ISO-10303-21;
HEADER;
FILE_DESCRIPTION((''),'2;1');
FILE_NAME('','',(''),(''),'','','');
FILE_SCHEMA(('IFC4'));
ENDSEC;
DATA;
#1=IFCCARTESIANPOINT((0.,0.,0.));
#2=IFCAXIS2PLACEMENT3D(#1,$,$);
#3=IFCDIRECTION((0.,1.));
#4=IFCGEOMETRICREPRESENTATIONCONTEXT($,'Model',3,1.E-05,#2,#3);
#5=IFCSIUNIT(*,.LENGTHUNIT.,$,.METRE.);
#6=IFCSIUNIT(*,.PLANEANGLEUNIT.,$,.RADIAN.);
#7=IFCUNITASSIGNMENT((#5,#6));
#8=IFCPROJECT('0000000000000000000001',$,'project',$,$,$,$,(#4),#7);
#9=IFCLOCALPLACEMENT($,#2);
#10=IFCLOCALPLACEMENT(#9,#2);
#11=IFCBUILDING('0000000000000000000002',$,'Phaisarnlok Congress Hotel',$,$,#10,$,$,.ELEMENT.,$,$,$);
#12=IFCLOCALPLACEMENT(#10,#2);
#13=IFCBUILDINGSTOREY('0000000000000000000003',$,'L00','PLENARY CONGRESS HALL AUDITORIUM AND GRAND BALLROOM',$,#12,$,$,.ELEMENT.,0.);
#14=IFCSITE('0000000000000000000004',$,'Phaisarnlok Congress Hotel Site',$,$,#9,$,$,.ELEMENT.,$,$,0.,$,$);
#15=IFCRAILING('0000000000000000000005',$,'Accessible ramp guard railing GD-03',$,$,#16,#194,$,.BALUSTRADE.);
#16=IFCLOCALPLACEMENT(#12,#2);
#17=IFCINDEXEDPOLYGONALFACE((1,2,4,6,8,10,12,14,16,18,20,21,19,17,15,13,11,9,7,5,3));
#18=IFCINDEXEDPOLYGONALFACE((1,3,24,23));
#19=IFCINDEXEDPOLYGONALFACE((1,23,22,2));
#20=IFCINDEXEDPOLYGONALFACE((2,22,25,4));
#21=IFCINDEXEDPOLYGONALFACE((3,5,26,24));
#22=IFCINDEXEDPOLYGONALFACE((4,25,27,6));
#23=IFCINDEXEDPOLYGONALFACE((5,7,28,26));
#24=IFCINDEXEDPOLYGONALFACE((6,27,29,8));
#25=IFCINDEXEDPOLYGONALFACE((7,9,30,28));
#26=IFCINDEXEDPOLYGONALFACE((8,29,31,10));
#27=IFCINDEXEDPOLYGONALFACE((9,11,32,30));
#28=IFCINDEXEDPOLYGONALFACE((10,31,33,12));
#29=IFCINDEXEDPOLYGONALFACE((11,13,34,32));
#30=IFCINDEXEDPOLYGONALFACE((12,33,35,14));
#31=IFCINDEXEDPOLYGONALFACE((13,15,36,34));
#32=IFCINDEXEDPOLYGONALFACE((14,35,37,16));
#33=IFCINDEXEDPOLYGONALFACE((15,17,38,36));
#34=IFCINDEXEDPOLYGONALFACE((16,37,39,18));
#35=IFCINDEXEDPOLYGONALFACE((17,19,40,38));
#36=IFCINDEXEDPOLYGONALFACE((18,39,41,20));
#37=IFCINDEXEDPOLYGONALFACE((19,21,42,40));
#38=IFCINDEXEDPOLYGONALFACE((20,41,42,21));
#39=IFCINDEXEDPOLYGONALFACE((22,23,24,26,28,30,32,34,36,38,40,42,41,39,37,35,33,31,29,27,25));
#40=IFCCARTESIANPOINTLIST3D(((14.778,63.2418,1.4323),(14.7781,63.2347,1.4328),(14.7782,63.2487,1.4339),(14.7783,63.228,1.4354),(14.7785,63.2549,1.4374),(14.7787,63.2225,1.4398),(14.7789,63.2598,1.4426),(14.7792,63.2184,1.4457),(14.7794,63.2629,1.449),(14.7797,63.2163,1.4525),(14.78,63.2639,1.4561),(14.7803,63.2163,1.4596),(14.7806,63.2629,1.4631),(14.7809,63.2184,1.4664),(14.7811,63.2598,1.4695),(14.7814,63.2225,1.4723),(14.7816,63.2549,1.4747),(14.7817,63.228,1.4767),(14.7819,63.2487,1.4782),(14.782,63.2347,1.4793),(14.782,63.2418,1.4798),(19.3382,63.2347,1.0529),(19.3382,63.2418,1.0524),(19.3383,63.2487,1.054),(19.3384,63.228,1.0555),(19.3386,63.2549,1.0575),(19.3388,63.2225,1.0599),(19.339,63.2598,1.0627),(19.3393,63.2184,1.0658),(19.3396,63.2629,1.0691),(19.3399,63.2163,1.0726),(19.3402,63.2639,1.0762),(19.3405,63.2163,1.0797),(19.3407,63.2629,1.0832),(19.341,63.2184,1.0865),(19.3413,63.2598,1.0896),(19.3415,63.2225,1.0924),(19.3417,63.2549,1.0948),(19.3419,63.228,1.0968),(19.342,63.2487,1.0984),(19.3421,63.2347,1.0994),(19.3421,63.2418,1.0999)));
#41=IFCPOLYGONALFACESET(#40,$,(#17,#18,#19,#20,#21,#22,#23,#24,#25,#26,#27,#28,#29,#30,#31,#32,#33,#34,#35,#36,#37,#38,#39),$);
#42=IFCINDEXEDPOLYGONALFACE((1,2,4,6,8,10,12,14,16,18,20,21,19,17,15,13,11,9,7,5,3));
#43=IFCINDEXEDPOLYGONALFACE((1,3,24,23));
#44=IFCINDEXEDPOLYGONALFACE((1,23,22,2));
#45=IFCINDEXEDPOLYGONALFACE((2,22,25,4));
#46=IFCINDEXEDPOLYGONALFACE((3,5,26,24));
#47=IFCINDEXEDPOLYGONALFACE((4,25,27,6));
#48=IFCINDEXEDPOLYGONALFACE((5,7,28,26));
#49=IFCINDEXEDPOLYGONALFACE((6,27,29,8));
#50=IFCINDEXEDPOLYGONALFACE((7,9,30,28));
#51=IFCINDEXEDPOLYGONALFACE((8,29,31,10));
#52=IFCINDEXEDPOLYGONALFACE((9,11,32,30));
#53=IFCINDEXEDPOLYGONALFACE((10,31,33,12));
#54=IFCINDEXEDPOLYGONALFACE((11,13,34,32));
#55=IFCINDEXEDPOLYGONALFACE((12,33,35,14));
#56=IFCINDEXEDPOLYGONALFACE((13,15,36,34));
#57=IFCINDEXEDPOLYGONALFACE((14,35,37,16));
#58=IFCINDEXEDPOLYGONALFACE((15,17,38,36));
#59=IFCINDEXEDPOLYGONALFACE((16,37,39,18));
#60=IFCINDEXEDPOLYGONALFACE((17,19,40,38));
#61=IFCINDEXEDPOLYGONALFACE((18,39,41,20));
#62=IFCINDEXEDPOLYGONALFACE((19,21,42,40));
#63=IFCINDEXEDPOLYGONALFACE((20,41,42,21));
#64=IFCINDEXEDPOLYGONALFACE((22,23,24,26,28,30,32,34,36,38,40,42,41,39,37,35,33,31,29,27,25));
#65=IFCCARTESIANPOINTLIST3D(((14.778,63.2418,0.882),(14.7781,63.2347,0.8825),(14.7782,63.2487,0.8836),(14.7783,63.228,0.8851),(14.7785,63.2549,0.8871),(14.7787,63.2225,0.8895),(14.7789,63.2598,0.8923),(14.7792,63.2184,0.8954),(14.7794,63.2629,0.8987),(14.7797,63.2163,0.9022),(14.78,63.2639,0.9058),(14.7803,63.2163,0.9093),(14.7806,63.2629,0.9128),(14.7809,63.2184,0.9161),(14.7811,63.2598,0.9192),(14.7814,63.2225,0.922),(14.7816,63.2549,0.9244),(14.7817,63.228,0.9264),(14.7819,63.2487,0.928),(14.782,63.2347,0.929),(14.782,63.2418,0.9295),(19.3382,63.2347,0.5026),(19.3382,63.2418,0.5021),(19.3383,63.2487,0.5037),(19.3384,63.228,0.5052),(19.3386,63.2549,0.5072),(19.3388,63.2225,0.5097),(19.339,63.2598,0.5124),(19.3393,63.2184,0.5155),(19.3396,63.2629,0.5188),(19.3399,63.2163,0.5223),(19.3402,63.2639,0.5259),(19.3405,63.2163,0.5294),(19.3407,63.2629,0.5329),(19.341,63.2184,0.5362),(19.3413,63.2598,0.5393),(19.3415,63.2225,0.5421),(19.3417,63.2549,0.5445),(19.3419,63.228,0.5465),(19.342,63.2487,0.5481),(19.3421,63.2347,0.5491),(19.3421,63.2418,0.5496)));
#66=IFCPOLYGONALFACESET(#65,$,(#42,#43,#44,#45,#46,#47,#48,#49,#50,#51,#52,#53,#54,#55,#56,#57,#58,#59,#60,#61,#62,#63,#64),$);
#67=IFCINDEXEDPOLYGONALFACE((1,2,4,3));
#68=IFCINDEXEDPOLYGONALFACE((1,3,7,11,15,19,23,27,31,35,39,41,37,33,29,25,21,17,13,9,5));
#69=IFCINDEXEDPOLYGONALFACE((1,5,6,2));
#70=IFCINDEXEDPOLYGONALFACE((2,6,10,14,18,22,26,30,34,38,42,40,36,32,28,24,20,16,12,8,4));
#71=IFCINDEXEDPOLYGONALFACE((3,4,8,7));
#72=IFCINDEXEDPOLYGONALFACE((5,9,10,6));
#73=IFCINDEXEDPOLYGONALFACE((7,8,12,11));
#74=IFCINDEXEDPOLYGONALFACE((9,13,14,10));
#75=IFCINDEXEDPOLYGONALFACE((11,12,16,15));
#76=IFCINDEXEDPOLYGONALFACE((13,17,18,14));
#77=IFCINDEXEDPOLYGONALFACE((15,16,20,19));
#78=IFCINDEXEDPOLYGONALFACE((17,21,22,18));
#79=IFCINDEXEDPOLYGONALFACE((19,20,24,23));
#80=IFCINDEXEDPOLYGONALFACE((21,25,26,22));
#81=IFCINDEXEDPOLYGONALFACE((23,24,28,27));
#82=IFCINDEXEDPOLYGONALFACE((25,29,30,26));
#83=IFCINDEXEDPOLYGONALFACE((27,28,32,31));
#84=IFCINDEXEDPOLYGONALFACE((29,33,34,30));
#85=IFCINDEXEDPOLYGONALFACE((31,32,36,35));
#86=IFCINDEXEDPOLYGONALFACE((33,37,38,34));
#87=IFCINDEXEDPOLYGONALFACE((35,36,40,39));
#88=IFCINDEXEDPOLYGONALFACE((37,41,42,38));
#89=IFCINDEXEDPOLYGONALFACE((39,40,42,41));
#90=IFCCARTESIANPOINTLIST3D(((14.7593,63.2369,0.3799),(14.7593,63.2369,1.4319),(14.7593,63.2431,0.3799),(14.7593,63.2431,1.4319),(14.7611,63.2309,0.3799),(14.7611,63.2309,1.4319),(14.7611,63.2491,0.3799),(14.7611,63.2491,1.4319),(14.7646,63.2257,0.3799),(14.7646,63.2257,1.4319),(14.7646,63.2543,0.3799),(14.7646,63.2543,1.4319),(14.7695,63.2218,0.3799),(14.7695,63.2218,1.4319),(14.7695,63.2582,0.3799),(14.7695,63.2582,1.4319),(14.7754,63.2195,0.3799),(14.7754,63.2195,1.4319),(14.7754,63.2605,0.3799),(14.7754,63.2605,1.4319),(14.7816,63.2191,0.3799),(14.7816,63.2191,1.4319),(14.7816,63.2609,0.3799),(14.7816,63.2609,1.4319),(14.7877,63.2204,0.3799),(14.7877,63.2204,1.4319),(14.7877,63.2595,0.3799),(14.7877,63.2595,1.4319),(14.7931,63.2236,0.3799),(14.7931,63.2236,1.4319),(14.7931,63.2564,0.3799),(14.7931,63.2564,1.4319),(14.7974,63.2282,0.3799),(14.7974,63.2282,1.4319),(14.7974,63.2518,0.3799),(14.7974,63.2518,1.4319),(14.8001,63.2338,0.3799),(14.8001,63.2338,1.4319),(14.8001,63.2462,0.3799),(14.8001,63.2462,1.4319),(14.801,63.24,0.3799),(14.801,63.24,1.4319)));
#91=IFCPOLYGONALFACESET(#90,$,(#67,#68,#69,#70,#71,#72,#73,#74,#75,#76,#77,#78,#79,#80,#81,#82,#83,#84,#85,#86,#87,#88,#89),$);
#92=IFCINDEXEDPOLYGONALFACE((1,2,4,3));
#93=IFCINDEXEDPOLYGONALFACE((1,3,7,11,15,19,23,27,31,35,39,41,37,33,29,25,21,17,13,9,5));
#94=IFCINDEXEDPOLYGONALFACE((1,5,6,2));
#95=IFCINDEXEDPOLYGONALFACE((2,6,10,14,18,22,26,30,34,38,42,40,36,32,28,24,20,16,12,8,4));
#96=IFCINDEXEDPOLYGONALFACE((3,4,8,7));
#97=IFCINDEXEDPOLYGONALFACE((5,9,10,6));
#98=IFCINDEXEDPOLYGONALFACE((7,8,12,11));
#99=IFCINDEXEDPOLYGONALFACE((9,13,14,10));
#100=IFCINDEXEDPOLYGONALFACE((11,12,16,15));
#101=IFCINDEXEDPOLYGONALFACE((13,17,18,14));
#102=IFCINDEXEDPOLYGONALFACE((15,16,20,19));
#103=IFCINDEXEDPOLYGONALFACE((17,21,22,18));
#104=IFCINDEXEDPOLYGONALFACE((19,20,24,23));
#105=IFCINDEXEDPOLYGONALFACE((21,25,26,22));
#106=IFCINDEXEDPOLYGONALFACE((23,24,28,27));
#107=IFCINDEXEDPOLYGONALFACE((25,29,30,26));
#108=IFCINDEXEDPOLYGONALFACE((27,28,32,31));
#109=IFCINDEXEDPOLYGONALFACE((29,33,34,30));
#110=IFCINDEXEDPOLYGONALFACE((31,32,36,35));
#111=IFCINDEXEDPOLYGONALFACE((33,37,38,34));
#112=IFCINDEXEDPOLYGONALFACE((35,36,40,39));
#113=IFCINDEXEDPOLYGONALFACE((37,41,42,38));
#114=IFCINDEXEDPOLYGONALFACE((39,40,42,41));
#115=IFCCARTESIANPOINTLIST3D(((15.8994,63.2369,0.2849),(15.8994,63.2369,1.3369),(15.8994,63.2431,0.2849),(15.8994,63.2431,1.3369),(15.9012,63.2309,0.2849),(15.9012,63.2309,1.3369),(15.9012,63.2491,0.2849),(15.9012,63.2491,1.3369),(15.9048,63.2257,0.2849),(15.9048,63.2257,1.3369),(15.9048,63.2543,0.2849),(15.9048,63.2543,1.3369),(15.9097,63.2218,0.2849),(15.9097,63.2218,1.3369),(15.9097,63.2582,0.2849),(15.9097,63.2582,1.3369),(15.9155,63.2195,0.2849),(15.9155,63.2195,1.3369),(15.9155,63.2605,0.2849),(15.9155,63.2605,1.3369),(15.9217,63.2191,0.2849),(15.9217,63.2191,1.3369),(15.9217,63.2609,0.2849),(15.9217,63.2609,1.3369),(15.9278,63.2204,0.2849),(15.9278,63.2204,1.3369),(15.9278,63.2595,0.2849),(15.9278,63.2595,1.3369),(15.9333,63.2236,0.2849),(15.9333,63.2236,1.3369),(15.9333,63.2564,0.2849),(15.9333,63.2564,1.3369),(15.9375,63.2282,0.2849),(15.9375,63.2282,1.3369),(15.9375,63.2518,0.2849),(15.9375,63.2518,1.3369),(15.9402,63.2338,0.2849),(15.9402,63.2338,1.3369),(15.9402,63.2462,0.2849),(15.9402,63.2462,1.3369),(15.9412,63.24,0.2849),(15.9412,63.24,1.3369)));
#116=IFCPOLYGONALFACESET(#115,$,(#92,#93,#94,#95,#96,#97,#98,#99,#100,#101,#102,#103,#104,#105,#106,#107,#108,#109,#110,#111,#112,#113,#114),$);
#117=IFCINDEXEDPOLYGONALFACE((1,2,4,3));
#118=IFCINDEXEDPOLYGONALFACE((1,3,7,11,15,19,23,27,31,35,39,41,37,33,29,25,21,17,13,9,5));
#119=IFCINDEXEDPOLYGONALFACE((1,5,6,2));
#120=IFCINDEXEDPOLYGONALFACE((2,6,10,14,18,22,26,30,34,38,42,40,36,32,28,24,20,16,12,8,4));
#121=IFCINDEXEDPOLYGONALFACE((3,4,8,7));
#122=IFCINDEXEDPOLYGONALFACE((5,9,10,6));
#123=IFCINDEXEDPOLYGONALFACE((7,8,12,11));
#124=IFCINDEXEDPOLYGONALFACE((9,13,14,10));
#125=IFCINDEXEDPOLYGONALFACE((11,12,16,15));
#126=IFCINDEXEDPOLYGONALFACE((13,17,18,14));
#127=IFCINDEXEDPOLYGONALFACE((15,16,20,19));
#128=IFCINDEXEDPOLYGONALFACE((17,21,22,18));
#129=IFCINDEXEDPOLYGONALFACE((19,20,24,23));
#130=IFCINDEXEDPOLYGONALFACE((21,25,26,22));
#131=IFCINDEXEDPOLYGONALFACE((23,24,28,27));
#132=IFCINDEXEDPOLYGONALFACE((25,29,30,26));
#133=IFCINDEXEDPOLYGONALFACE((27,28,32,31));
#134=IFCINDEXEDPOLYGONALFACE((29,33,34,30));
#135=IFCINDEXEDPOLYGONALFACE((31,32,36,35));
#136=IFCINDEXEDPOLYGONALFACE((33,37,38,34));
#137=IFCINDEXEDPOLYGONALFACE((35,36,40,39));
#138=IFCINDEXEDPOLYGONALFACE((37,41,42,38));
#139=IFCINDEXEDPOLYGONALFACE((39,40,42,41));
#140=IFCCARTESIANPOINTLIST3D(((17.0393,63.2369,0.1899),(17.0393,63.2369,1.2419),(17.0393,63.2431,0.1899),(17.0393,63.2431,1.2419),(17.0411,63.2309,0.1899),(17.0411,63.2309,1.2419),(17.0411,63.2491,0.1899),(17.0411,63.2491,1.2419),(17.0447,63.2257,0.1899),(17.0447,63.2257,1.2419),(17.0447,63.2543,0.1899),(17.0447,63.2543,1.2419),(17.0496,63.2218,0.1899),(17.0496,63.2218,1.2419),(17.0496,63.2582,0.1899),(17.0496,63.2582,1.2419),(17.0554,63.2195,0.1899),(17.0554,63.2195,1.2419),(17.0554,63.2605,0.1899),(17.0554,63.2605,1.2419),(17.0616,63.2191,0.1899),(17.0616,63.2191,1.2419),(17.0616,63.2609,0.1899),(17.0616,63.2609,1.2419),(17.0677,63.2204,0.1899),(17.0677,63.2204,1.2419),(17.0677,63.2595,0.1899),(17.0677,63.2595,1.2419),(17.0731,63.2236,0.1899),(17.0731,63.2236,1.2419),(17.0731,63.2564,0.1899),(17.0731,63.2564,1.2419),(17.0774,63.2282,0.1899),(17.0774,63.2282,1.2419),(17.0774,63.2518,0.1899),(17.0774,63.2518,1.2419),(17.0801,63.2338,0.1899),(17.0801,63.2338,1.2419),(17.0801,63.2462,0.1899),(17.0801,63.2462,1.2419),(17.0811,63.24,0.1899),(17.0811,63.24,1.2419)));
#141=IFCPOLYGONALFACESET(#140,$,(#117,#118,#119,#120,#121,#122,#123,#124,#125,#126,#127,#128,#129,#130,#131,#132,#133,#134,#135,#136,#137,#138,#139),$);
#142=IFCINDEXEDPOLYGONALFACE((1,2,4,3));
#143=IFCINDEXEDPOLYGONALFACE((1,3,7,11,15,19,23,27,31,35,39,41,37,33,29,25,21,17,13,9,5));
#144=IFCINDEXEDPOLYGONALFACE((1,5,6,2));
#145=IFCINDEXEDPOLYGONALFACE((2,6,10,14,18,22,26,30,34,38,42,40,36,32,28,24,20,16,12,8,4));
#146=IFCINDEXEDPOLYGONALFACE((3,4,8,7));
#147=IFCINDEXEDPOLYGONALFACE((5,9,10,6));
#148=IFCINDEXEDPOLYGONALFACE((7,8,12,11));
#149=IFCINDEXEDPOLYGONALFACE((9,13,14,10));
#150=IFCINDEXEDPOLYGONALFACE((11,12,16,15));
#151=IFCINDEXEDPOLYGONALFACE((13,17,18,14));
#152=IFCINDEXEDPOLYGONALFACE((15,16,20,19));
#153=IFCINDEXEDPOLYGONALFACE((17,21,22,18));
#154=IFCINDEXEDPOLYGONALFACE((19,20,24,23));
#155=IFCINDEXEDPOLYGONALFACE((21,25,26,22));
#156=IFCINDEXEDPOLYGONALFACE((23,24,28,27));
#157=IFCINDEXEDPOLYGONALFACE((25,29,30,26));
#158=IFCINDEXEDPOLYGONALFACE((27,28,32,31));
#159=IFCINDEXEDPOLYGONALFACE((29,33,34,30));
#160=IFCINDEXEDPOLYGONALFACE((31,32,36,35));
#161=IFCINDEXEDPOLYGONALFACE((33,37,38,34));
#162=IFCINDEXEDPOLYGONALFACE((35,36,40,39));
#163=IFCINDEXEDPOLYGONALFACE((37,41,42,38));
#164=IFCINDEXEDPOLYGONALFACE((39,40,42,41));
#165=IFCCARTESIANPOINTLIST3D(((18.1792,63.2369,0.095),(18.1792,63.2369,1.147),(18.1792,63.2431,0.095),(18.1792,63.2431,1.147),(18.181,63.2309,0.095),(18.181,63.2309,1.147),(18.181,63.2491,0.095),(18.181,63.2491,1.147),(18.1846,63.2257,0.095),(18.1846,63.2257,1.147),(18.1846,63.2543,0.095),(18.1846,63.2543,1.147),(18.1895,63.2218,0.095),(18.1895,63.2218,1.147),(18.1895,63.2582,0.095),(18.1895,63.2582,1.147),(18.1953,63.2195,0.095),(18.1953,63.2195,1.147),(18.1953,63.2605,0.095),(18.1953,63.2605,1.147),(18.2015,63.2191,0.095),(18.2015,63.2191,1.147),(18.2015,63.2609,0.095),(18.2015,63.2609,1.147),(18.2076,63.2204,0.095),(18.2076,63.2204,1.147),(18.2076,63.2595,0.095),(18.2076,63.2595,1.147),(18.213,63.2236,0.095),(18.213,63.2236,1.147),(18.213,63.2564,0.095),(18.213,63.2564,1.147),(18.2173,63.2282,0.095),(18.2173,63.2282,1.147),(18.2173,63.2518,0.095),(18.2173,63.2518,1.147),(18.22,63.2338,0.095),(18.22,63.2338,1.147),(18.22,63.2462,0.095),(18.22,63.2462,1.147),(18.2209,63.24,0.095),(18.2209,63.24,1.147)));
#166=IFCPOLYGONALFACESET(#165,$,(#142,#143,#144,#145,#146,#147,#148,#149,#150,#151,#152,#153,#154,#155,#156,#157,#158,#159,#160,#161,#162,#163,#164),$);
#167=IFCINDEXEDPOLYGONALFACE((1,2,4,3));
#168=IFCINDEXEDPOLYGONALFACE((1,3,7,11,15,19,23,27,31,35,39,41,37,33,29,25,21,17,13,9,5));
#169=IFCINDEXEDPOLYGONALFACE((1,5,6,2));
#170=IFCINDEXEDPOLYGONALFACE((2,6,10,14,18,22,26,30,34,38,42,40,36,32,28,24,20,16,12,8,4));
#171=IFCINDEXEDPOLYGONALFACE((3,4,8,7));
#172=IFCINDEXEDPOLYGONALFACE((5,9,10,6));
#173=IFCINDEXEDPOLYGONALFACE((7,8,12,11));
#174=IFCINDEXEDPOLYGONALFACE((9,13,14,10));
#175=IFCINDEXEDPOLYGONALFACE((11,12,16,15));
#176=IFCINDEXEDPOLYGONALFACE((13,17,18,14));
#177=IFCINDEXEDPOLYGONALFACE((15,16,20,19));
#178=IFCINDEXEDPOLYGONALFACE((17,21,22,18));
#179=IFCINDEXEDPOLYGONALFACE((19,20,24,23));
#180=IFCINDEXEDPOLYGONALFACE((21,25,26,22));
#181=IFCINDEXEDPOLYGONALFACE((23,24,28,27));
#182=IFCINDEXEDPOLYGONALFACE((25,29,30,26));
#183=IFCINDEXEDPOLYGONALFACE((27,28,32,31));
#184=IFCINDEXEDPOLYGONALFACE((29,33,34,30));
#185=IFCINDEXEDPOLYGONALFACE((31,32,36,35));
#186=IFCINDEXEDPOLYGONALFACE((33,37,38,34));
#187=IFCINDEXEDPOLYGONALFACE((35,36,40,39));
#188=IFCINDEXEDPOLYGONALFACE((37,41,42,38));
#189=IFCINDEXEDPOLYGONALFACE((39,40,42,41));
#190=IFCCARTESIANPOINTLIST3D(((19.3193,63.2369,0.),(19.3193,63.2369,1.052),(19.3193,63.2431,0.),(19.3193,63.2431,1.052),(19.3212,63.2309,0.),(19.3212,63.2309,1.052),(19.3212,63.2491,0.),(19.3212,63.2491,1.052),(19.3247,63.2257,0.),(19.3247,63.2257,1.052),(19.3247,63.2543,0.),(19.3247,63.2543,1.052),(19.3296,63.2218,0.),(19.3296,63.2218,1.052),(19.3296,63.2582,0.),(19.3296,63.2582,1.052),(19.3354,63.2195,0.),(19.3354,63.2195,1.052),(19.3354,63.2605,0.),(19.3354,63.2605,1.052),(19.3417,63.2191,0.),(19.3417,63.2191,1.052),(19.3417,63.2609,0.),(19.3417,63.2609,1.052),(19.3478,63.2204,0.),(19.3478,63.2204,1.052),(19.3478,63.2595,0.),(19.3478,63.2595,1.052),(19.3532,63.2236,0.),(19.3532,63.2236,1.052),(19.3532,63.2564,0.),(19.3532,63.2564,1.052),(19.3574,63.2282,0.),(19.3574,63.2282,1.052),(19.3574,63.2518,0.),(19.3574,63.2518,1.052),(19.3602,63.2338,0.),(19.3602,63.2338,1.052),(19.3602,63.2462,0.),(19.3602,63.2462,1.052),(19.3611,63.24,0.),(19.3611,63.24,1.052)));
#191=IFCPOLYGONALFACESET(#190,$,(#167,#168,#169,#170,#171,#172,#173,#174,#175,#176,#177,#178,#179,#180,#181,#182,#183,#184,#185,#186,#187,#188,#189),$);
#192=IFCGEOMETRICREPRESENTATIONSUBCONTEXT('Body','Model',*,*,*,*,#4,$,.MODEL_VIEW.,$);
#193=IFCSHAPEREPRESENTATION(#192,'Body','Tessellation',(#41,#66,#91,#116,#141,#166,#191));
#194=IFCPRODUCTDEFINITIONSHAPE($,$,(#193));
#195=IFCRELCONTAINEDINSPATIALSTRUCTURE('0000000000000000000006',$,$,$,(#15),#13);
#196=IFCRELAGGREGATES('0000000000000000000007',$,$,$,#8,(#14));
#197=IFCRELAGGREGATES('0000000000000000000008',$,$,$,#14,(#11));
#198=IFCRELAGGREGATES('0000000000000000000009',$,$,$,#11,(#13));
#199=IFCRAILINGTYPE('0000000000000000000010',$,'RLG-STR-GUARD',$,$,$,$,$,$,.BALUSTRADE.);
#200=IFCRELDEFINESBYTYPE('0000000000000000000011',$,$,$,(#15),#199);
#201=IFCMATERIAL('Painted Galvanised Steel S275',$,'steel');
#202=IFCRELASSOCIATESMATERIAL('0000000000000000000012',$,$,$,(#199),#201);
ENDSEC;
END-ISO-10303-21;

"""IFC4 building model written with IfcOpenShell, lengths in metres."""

from ifc_helpers import new_model, si_unit, direction, frame, origin, origin_2d, place, context, subcontext, project, spatial, circle, extrude, material, type_object, element, save


model = new_model("IFC4")

# Units and contexts
model_context = context("Model", 3, precision=1e-05, world=origin(), true_north=direction((0.0, 1.0)))
body_context = subcontext(model_context, "Body", "Model", "MODEL_VIEW")
ifc_project = project(units=[si_unit("LENGTHUNIT", "METRE"), si_unit("PLANEANGLEUNIT", "RADIAN")], contexts=[model_context])

# Site, building, storey
site_placement = place(None, origin())
site = spatial("IfcSite", under=ifc_project, at=site_placement, Name="Phaisarnlok Congress Hotel Site", CompositionType="ELEMENT", RefElevation=0.0)
building_placement = place(site_placement, origin())
building = spatial("IfcBuilding", under=site, at=building_placement, Name="Phaisarnlok Congress Hotel", CompositionType="ELEMENT")
storey_placement = place(building_placement, origin())
storey = spatial("IfcBuildingStorey", under=building, at=storey_placement, Name="L00", Description="PLENARY CONGRESS HALL AUDITORIUM AND GRAND BALLROOM", CompositionType="ELEMENT", Elevation=0.0)

# Railing
ifc_material_1 = material(Name="Painted Galvanised Steel S275", Category="steel")
railing_type_1 = type_object("IfcRailingType", Name="RLG-STR-GUARD", PredefinedType="BALUSTRADE", material=ifc_material_1)
for number, where, name in (
    (1, (14.78, 63.24, 0.3799), "Accessible ramp guard railing GD-03"),
):
    element("IfcRailing", number, at=place(storey_placement, frame(where)), inside=storey, type_object=railing_type_1, Name=name, PredefinedType="BALUSTRADE", context=body_context, shape_type="SweptSolid", body=[
        extrude(circle(Radius=0.0239, at=origin_2d()), frame((0.0, 0.0, 1.0762), z_axis=(0.996548, 0.0, -0.083019), x_axis=(0.0, 1.0, 0.0)), (0.0, 0.0, 1.0), 4.5759),
        extrude(circle(Radius=0.0239, at=origin_2d()), frame((0.0, 0.0, 0.5259), z_axis=(0.996548, 0.0, -0.083019), x_axis=(0.0, 1.0, 0.0)), (0.0, 0.0, 1.0), 4.5759),
        extrude(circle(Radius=0.021, at=origin_2d()), origin(), (0.0, 0.0, 1.0), 1.052),
        extrude(circle(Radius=0.021, at=origin_2d()), frame((1.1401, 0.0, -0.095)), (0.0, 0.0, 1.0), 1.052),
        extrude(circle(Radius=0.021, at=origin_2d()), frame((2.28, 0.0, -0.1899)), (0.0, 0.0, 1.0), 1.052),
        extrude(circle(Radius=0.021, at=origin_2d()), frame((3.4199, 0.0, -0.2849)), (0.0, 0.0, 1.0), 1.052),
        extrude(circle(Radius=0.021, at=origin_2d()), frame((4.5601, 0.0, -0.3799)), (0.0, 0.0, 1.0), 1.052),
    ])

save(model, "model.ifc")
